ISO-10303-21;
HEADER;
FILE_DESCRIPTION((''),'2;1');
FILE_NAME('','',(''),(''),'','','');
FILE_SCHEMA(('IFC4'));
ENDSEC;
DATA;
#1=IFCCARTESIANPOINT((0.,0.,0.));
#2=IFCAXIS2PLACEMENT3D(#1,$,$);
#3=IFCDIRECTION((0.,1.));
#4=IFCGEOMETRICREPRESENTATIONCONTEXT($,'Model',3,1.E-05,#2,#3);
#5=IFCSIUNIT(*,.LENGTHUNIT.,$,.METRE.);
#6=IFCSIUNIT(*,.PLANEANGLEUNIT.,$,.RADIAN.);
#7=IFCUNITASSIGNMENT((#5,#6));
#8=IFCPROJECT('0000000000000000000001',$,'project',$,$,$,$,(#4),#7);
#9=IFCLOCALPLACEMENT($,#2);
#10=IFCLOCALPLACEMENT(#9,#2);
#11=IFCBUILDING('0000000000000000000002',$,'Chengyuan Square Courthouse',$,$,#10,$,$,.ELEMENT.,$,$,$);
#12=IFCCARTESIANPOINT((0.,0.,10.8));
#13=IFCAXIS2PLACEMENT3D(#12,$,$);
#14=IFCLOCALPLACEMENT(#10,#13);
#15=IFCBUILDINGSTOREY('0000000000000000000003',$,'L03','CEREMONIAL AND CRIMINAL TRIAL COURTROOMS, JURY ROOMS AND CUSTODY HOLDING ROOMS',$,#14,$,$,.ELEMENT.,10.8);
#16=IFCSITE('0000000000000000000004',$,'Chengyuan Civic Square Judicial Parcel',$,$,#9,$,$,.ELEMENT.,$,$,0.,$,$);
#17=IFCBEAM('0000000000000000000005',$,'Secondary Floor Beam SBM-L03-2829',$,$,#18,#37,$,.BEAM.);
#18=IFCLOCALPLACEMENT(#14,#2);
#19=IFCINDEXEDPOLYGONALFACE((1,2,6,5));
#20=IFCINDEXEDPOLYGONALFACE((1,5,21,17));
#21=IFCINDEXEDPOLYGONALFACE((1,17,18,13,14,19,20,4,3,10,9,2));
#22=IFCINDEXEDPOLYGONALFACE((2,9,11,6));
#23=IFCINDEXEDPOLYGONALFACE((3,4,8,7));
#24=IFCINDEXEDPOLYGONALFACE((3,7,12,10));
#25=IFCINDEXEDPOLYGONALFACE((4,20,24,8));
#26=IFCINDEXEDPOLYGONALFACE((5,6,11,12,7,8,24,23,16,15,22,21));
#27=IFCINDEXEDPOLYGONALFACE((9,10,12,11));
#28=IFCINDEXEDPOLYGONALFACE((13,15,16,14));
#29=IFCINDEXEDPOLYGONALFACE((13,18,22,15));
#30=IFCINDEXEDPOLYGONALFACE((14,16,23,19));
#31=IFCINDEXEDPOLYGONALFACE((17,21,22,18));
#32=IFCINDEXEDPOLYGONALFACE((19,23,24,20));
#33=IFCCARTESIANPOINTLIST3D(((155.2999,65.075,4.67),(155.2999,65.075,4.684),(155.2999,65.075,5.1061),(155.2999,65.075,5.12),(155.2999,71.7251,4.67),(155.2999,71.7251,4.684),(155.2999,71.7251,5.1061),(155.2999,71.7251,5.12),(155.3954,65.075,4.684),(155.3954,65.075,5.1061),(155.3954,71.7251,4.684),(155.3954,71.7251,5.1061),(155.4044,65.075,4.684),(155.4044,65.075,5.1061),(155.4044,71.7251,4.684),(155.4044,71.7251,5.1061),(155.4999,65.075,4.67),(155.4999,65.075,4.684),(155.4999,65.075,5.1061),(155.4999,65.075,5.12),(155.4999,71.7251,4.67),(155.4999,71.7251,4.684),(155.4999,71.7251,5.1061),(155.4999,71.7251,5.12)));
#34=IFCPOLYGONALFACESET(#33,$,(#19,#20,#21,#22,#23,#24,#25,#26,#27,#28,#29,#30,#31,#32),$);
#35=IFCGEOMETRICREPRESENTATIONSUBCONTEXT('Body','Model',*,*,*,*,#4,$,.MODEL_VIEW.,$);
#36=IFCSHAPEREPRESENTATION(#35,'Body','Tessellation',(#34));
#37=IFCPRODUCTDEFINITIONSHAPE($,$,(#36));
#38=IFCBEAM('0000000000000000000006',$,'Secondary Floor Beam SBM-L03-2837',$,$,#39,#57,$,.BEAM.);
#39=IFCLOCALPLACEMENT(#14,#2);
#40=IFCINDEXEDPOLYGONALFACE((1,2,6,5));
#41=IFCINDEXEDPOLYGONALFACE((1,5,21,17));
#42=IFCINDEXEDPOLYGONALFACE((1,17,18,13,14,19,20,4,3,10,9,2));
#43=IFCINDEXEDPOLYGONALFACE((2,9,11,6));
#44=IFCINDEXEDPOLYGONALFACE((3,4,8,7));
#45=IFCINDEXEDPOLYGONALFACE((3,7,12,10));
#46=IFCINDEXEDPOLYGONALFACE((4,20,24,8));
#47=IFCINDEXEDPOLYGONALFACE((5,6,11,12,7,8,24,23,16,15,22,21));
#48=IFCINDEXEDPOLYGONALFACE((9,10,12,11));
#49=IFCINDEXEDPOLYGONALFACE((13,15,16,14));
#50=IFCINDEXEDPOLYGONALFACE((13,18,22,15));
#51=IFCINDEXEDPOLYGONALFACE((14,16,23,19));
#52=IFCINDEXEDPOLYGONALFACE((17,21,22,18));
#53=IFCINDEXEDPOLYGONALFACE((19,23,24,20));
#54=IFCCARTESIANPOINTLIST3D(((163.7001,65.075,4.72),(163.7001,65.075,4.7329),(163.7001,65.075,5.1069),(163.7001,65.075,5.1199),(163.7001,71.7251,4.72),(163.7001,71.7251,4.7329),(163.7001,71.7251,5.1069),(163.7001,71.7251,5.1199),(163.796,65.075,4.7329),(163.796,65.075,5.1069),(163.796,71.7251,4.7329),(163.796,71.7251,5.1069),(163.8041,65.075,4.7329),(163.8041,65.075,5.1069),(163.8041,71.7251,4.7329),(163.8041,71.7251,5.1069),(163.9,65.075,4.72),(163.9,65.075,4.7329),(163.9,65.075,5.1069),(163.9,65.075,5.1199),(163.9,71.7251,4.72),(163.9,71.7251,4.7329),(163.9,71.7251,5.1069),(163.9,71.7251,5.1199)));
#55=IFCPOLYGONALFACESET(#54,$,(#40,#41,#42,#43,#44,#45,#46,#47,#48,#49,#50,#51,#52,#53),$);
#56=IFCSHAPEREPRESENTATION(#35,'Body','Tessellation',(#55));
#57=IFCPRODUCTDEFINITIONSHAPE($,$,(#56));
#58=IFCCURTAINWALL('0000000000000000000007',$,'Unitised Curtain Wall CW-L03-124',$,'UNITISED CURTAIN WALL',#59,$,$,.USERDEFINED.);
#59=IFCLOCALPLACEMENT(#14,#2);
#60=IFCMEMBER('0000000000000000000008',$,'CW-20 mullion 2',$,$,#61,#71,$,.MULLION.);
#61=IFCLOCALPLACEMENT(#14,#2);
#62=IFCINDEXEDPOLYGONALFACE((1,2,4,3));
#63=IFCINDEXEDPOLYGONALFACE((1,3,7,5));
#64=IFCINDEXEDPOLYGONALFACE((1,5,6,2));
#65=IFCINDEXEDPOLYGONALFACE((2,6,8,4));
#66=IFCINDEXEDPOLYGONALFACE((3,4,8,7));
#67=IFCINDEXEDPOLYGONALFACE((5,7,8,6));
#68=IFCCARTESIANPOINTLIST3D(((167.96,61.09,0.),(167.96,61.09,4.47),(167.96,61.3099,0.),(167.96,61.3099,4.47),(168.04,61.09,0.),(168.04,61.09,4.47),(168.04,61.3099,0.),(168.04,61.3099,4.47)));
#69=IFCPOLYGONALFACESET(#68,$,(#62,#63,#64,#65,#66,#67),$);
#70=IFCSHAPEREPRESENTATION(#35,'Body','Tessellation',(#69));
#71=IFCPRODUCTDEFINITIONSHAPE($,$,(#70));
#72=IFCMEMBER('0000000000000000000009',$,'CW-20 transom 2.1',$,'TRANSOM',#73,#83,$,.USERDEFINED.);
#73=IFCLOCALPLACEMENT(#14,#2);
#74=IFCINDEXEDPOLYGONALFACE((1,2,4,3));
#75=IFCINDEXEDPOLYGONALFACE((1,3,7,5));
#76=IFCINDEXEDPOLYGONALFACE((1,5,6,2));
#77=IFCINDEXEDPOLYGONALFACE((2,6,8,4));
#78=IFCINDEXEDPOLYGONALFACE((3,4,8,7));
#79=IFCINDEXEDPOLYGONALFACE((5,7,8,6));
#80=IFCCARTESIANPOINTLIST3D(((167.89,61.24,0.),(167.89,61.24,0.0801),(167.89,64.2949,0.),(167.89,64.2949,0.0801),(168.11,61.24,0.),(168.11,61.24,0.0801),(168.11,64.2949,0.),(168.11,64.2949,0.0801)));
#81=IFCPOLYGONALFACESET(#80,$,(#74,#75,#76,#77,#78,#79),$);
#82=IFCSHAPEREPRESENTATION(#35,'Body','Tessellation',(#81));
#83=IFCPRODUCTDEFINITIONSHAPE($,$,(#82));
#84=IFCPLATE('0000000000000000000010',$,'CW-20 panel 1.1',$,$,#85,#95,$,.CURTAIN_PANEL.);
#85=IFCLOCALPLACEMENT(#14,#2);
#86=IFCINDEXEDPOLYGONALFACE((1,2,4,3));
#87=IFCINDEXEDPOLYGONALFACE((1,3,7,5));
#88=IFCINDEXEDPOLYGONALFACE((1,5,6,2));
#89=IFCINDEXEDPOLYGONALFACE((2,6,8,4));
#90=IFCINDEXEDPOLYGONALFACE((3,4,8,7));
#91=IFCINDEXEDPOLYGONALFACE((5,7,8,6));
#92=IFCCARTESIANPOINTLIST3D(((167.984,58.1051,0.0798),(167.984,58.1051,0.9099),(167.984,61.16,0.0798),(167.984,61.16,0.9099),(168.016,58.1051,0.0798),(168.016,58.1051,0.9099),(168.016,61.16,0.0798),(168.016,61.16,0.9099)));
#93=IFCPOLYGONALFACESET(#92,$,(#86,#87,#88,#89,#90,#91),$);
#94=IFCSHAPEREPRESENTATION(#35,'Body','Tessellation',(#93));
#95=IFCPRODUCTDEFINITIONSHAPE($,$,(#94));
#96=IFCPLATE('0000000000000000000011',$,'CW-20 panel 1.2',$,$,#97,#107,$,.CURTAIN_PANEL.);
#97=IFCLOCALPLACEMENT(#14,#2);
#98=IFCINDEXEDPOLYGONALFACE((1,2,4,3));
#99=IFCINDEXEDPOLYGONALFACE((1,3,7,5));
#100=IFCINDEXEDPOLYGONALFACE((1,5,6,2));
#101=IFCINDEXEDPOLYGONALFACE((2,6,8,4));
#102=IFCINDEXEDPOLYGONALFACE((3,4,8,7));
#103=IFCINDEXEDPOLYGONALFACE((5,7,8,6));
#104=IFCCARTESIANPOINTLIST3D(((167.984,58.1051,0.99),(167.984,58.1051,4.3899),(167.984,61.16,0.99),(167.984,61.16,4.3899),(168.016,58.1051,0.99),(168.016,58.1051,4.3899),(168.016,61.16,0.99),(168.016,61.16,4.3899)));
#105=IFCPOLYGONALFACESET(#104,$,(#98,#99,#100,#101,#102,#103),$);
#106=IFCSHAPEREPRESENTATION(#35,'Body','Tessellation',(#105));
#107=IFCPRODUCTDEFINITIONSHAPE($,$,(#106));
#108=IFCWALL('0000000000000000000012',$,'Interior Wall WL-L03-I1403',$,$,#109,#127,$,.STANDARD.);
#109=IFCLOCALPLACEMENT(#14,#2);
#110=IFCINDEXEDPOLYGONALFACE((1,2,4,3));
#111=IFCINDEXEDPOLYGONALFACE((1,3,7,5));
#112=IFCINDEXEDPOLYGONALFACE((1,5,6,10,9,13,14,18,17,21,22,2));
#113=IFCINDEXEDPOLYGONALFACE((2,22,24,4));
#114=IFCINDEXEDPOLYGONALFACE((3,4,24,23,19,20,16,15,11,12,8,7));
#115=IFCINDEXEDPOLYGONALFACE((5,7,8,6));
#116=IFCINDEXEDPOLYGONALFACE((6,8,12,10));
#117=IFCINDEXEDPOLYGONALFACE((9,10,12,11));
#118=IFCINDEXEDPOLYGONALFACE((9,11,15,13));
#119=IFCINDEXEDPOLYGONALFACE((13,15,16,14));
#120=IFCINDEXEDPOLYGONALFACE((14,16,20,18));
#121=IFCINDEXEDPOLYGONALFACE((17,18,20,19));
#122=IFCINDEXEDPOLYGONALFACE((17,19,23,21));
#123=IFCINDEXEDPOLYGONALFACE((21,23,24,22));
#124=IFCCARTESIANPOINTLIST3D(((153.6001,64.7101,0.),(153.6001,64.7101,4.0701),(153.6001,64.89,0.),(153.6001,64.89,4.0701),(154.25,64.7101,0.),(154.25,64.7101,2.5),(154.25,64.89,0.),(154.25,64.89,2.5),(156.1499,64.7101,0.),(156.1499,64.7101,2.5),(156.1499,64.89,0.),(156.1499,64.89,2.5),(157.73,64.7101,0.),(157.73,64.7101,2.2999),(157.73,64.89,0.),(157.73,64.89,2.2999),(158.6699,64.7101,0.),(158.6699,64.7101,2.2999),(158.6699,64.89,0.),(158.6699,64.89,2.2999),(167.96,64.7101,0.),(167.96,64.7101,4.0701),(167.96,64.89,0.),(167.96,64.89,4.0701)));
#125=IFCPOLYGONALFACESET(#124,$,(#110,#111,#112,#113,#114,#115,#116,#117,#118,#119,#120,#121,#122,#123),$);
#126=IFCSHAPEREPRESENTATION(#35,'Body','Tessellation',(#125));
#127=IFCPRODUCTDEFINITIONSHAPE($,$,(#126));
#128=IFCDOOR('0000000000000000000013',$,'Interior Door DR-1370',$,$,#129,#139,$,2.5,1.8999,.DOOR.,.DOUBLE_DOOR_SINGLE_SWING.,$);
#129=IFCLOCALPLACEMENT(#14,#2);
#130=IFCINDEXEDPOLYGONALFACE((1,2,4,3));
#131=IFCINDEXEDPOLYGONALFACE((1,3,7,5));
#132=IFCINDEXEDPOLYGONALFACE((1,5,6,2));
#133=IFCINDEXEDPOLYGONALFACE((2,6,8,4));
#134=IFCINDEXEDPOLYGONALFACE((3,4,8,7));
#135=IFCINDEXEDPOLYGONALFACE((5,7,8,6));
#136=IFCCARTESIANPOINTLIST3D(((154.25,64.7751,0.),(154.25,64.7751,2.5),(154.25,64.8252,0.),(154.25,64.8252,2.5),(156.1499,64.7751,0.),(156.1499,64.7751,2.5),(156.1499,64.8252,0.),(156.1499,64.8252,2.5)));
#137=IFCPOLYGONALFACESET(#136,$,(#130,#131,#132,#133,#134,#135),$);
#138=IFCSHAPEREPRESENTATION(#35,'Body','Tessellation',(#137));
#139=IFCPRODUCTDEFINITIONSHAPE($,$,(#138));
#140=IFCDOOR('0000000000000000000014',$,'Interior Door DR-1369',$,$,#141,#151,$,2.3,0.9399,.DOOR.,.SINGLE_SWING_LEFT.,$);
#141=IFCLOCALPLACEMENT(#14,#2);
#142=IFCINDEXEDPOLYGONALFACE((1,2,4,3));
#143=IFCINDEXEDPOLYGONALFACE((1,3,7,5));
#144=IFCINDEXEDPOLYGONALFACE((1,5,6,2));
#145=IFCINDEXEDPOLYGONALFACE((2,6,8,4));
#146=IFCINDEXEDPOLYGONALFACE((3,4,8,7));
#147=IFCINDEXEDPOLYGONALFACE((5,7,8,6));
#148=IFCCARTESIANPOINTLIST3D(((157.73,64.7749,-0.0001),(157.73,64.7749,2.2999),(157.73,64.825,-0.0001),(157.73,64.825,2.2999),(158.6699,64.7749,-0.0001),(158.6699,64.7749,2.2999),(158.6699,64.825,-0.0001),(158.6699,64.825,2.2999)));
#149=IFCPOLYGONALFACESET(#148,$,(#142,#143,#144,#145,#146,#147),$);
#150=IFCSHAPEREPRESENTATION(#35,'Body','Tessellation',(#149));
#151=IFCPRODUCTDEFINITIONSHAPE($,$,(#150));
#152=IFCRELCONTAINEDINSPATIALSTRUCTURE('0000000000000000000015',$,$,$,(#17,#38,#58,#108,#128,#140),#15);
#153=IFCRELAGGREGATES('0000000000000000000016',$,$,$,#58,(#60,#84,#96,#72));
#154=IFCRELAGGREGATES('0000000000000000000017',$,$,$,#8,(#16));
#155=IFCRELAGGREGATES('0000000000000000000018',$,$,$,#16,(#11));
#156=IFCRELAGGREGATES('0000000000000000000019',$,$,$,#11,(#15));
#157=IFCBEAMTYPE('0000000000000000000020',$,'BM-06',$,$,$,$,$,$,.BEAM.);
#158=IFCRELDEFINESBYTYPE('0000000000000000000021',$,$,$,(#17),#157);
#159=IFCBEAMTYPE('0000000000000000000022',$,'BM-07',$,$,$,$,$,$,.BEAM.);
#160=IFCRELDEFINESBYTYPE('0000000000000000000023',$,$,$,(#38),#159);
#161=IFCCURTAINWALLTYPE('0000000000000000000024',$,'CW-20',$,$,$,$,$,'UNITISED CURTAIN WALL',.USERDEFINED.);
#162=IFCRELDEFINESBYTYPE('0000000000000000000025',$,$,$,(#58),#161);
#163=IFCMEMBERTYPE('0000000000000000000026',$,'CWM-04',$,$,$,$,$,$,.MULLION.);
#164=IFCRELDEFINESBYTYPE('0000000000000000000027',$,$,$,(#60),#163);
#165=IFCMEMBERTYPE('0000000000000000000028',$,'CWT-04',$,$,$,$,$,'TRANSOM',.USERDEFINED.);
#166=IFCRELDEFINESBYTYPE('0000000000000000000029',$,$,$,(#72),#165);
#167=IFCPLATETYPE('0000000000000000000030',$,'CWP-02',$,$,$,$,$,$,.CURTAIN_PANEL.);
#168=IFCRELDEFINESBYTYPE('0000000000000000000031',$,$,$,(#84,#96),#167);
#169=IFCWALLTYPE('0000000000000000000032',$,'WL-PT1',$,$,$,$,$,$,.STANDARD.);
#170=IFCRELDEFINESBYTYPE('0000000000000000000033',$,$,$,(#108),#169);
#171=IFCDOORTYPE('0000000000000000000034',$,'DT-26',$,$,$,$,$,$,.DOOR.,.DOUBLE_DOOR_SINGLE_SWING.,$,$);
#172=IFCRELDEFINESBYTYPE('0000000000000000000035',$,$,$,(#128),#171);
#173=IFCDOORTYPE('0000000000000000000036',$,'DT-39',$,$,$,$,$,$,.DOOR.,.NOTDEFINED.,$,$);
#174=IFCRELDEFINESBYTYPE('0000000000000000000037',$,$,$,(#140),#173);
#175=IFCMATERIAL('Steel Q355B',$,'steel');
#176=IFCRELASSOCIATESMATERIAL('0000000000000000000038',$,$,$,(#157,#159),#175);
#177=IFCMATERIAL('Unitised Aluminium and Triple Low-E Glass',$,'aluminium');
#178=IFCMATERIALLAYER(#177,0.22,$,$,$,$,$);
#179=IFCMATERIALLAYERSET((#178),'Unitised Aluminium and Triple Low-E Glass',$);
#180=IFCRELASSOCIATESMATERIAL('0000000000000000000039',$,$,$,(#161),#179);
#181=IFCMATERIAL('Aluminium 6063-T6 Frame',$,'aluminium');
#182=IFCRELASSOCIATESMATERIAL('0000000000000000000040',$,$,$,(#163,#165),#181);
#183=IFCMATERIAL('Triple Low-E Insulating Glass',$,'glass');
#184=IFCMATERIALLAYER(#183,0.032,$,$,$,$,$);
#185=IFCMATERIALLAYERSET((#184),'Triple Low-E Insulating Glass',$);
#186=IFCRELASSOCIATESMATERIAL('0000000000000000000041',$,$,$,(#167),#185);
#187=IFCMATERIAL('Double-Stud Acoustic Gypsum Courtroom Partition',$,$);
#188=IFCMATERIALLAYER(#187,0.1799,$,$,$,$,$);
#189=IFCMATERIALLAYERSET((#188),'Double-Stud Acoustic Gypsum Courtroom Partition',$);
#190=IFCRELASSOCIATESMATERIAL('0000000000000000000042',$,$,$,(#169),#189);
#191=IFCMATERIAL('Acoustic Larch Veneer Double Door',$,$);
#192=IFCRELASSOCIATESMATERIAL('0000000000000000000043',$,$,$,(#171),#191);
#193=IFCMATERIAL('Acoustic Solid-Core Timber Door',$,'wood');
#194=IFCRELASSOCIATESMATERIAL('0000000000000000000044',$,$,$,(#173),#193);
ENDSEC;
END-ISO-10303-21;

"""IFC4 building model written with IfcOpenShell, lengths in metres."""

from ifc_helpers import new_model, si_unit, direction, frame, frame_2d, origin, origin_2d, place, context, subcontext, project, spatial, rectangle, i_section, extrude, material, layer, layer_set, material_profile, profile_set, type_object, element, fill, aggregate, save


model = new_model("IFC4")

# Units and contexts
model_context = context("Model", 3, precision=1e-05, world=origin(), true_north=direction((0.0, 1.0)))
body_context = subcontext(model_context, "Body", "Model", "MODEL_VIEW")
ifc_project = project(units=[si_unit("LENGTHUNIT", "METRE"), si_unit("PLANEANGLEUNIT", "RADIAN")], contexts=[model_context])

# Site, building, storey
site_placement = place(None, origin())
site = spatial("IfcSite", under=ifc_project, at=site_placement, Name="Chengyuan Civic Square Judicial Parcel", CompositionType="ELEMENT", RefElevation=0.0)
building_placement = place(site_placement, origin())
building = spatial("IfcBuilding", under=site, at=building_placement, Name="Chengyuan Square Courthouse", CompositionType="ELEMENT")
storey_placement = place(building_placement, frame((0.0, 0.0, 10.8)))
storey = spatial("IfcBuildingStorey", under=building, at=storey_placement, Name="L03", Description="CEREMONIAL AND CRIMINAL TRIAL COURTROOMS, JURY ROOMS AND CUSTODY HOLDING ROOMS", CompositionType="ELEMENT", Elevation=10.8)

# Beams
ifc_material_1 = material(Name="Steel Q355B", Category="steel")
ifc_material_profile_1 = material_profile(ifc_material_1, i_section(OverallWidth=0.2, OverallDepth=0.45, WebThickness=0.009, FlangeThickness=0.0139, at=origin_2d()), Name="HN 450x200x9x14")
ifc_profile_set_1 = profile_set([ifc_material_profile_1], Name="Steel Q355B")
beam_type_1 = type_object("IfcBeamType", Name="BM-06", PredefinedType="BEAM", material=ifc_profile_set_1)
beam_1_placement = place(storey_placement, frame((155.3999, 65.075, 4.895), z_axis=(0.0, 1.0, 0.0), x_axis=(-1.0, 0.0, 0.0)))
element("IfcBeam", 1, at=beam_1_placement, inside=storey, type_object=beam_type_1, Name="Secondary Floor Beam SBM-L03-2829", PredefinedType="BEAM", context=body_context, shape_type="SweptSolid", body=[
    extrude(i_section(OverallWidth=0.2, OverallDepth=0.45, WebThickness=0.009, FlangeThickness=0.0139, at=origin_2d()), origin(), (0.0, 0.0, 1.0), 6.6501),
])
ifc_material_profile_2 = material_profile(ifc_material_1, i_section(OverallWidth=0.2, OverallDepth=0.3999, WebThickness=0.0081, FlangeThickness=0.0129, at=origin_2d()), Name="HN 400x200x8x13")
ifc_profile_set_2 = profile_set([ifc_material_profile_2], Name="Steel Q355B")
beam_type_2 = type_object("IfcBeamType", Name="BM-07", PredefinedType="BEAM", material=ifc_profile_set_2)
beam_2_placement = place(storey_placement, frame((163.8, 65.075, 4.9199), z_axis=(0.0, 1.0, 0.0), x_axis=(-1.0, 0.0, 0.0)))
element("IfcBeam", 2, at=beam_2_placement, inside=storey, type_object=beam_type_2, Name="Secondary Floor Beam SBM-L03-2837", PredefinedType="BEAM", context=body_context, shape_type="SweptSolid", body=[
    extrude(i_section(OverallWidth=0.2, OverallDepth=0.3999, WebThickness=0.0081, FlangeThickness=0.0129, at=origin_2d()), origin(), (0.0, 0.0, 1.0), 6.6501),
])

# Curtain wall, members, plates
ifc_material_2 = material(Name="Unitised Aluminium and Triple Low-E Glass", Category="aluminium")
ifc_layer_1 = layer(ifc_material_2, 0.22)
ifc_layer_set_1 = layer_set([ifc_layer_1], Name="Unitised Aluminium and Triple Low-E Glass")
curtain_wall_type = type_object("IfcCurtainWallType", Name="CW-20", ElementType="UNITISED CURTAIN WALL", PredefinedType="USERDEFINED", material=ifc_layer_set_1)
curtain_wall_placement = place(storey_placement, origin())
curtain_wall = element("IfcCurtainWall", 3, at=curtain_wall_placement, inside=storey, type_object=curtain_wall_type, Name="Unitised Curtain Wall CW-L03-124", ObjectType="UNITISED CURTAIN WALL", PredefinedType="USERDEFINED")
ifc_material_3 = material(Name="Aluminium 6063-T6 Frame", Category="aluminium")
ifc_material_profile_3 = material_profile(ifc_material_3, rectangle(XDim=0.0801, YDim=0.22, at=origin_2d()), Name="CW-MUL-80x220")
ifc_profile_set_3 = profile_set([ifc_material_profile_3], Name="Aluminium 6063-T6 Frame")
member_type_1 = type_object("IfcMemberType", Name="CWM-04", PredefinedType="MULLION", material=ifc_profile_set_3)
member_1_placement = place(storey_placement, frame((168.0, 61.2, 0.0), z_axis=(0.0, 0.0, 1.0), x_axis=(-1.0, 0.0, 0.0)))
member_1 = element("IfcMember", 4, at=member_1_placement, type_object=member_type_1, Name="CW-20 mullion 2", PredefinedType="MULLION", context=body_context, shape_type="SweptSolid", body=[
    extrude(rectangle(XDim=0.0801, YDim=0.22, at=origin_2d()), origin(), (0.0, 0.0, 1.0), 4.47),
])
ifc_material_profile_4 = material_profile(ifc_material_3, rectangle(XDim=0.22, YDim=0.0801, at=origin_2d()), Name="CW-TRN-80x180")
ifc_profile_set_4 = profile_set([ifc_material_profile_4], Name="Aluminium 6063-T6 Frame")
member_type_2 = type_object("IfcMemberType", Name="CWT-04", ElementType="TRANSOM", PredefinedType="USERDEFINED", material=ifc_profile_set_4)
member_2_placement = place(storey_placement, frame((168.0, 61.24, 0.04), z_axis=(0.0, 1.0, 0.0), x_axis=(-1.0, 0.0, 0.0)))
member_2 = element("IfcMember", 5, at=member_2_placement, type_object=member_type_2, Name="CW-20 transom 2.1", ObjectType="TRANSOM", PredefinedType="USERDEFINED", context=body_context, shape_type="SweptSolid", body=[
    extrude(rectangle(XDim=0.22, YDim=0.0801, at=origin_2d()), origin(), (0.0, 0.0, 1.0), 3.0549),
])
ifc_material_4 = material(Name="Triple Low-E Insulating Glass", Category="glass")
ifc_layer_2 = layer(ifc_material_4, 0.032)
ifc_layer_set_2 = layer_set([ifc_layer_2], Name="Triple Low-E Insulating Glass")
plate_type = type_object("IfcPlateType", Name="CWP-02", PredefinedType="CURTAIN_PANEL", material=ifc_layer_set_2)
plate_1_placement = place(storey_placement, frame((168.0, 59.6326, 0.0798), z_axis=(0.0, 0.0, 1.0), x_axis=(0.0, 1.0, 0.0)))
plate_1 = element("IfcPlate", 6, at=plate_1_placement, type_object=plate_type, Name="CW-20 panel 1.1", PredefinedType="CURTAIN_PANEL", context=body_context, shape_type="SweptSolid", body=[
    extrude(rectangle(XDim=3.0549, YDim=0.032, at=origin_2d()), origin(), (0.0, 0.0, 1.0), 0.8301),
])
plate_2_placement = place(storey_placement, frame((168.0, 59.6326, 0.99), z_axis=(0.0, 0.0, 1.0), x_axis=(0.0, 1.0, 0.0)))
plate_2 = element("IfcPlate", 7, at=plate_2_placement, type_object=plate_type, Name="CW-20 panel 1.2", PredefinedType="CURTAIN_PANEL", context=body_context, shape_type="SweptSolid", body=[
    extrude(rectangle(XDim=3.0549, YDim=0.032, at=origin_2d()), origin(), (0.0, 0.0, 1.0), 3.3999),
])
aggregate(curtain_wall, [member_1, plate_1, plate_2, member_2])

# Wall, openings, doors
ifc_material_5 = material(Name="Double-Stud Acoustic Gypsum Courtroom Partition")
ifc_layer_3 = layer(ifc_material_5, 0.1799)
ifc_layer_set_3 = layer_set([ifc_layer_3], Name="Double-Stud Acoustic Gypsum Courtroom Partition")
wall_type_1 = type_object("IfcWallType", Name="WL-PT1", PredefinedType="STANDARD", material=ifc_layer_set_3)
wall_1_placement = place(storey_placement, frame((153.6001, 64.8, 0.0), z_axis=(0.0, 0.0, 1.0), x_axis=(1.0, 0.0, 0.0)))
wall_1 = element("IfcWall", 8, at=wall_1_placement, inside=storey, type_object=wall_type_1, Name="Interior Wall WL-L03-I1403", PredefinedType="STANDARD", context=body_context, shape_type="SweptSolid", body=[
    extrude(rectangle(XDim=14.3599, YDim=0.1799, at=frame_2d((7.1799, 0.0))), origin(), (0.0, 0.0, 1.0), 4.0701),
])
opening_1_placement = place(wall_1_placement, frame((4.1299, 0.0, 0.0)))
opening_1 = element("IfcOpeningElement", 9, at=opening_1_placement, cuts=wall_1, PredefinedType="OPENING", context=body_context, shape_type="SweptSolid", body=[
    extrude(rectangle(XDim=0.9399, YDim=2.3, at=frame_2d((0.47, 1.1499))), frame((0.0, 0.1021, 0.0), z_axis=(0.0, -1.0, 0.0), x_axis=(1.0, 0.0, 0.0)), (0.0, 0.0, 1.0), 0.2039),
])
opening_2_placement = place(wall_1_placement, frame((0.6499, 0.0, 0.0)))
opening_2 = element("IfcOpeningElement", 10, at=opening_2_placement, cuts=wall_1, PredefinedType="OPENING", context=body_context, shape_type="SweptSolid", body=[
    extrude(rectangle(XDim=1.8999, YDim=2.5, at=frame_2d((0.95, 1.25))), frame((0.0, 0.1021, 0.0), z_axis=(0.0, -1.0, 0.0), x_axis=(1.0, 0.0, 0.0)), (0.0, 0.0, 1.0), 0.2039),
])
ifc_material_6 = material(Name="Acoustic Larch Veneer Double Door")
door_type_1 = type_object("IfcDoorType", Name="DT-26", OperationType="DOUBLE_DOOR_SINGLE_SWING", PredefinedType="DOOR", material=ifc_material_6)
door_1_placement = place(opening_2_placement, frame((1.8999, 0.0, 0.0), z_axis=(0.0, 0.0, 1.0), x_axis=(-1.0, 0.0, 0.0)))
door_1 = element("IfcDoor", 11, at=door_1_placement, inside=storey, type_object=door_type_1, Name="Interior Door DR-1370", OperationType="DOUBLE_DOOR_SINGLE_SWING", OverallHeight=2.5, OverallWidth=1.8999, PredefinedType="DOOR", context=body_context, shape_type="SweptSolid", body=[
    extrude(rectangle(XDim=1.8999, YDim=2.5, at=frame_2d((0.95, 1.25))), frame((0.0, 0.0249, 0.0), z_axis=(0.0, -1.0, 0.0), x_axis=(1.0, 0.0, 0.0)), (0.0, 0.0, 1.0), 0.05),
])
fill(opening_2, door_1)
ifc_material_7 = material(Name="Acoustic Solid-Core Timber Door", Category="wood")
door_type_2 = type_object("IfcDoorType", Name="DT-39", OperationType="NOTDEFINED", PredefinedType="DOOR", material=ifc_material_7)
door_2_placement = place(opening_1_placement, origin())
door_2 = element("IfcDoor", 12, at=door_2_placement, inside=storey, type_object=door_type_2, Name="Interior Door DR-1369", OperationType="SINGLE_SWING_LEFT", OverallHeight=2.3, OverallWidth=0.9399, PredefinedType="DOOR", context=body_context, shape_type="SweptSolid", body=[
    extrude(rectangle(XDim=0.9399, YDim=2.3, at=frame_2d((0.47, 1.1499))), frame((0.0, 0.0249, 0.0), z_axis=(0.0, -1.0, 0.0), x_axis=(1.0, 0.0, 0.0)), (0.0, 0.0, 1.0), 0.05),
])
fill(opening_1, door_2)

save(model, "model.ifc")
